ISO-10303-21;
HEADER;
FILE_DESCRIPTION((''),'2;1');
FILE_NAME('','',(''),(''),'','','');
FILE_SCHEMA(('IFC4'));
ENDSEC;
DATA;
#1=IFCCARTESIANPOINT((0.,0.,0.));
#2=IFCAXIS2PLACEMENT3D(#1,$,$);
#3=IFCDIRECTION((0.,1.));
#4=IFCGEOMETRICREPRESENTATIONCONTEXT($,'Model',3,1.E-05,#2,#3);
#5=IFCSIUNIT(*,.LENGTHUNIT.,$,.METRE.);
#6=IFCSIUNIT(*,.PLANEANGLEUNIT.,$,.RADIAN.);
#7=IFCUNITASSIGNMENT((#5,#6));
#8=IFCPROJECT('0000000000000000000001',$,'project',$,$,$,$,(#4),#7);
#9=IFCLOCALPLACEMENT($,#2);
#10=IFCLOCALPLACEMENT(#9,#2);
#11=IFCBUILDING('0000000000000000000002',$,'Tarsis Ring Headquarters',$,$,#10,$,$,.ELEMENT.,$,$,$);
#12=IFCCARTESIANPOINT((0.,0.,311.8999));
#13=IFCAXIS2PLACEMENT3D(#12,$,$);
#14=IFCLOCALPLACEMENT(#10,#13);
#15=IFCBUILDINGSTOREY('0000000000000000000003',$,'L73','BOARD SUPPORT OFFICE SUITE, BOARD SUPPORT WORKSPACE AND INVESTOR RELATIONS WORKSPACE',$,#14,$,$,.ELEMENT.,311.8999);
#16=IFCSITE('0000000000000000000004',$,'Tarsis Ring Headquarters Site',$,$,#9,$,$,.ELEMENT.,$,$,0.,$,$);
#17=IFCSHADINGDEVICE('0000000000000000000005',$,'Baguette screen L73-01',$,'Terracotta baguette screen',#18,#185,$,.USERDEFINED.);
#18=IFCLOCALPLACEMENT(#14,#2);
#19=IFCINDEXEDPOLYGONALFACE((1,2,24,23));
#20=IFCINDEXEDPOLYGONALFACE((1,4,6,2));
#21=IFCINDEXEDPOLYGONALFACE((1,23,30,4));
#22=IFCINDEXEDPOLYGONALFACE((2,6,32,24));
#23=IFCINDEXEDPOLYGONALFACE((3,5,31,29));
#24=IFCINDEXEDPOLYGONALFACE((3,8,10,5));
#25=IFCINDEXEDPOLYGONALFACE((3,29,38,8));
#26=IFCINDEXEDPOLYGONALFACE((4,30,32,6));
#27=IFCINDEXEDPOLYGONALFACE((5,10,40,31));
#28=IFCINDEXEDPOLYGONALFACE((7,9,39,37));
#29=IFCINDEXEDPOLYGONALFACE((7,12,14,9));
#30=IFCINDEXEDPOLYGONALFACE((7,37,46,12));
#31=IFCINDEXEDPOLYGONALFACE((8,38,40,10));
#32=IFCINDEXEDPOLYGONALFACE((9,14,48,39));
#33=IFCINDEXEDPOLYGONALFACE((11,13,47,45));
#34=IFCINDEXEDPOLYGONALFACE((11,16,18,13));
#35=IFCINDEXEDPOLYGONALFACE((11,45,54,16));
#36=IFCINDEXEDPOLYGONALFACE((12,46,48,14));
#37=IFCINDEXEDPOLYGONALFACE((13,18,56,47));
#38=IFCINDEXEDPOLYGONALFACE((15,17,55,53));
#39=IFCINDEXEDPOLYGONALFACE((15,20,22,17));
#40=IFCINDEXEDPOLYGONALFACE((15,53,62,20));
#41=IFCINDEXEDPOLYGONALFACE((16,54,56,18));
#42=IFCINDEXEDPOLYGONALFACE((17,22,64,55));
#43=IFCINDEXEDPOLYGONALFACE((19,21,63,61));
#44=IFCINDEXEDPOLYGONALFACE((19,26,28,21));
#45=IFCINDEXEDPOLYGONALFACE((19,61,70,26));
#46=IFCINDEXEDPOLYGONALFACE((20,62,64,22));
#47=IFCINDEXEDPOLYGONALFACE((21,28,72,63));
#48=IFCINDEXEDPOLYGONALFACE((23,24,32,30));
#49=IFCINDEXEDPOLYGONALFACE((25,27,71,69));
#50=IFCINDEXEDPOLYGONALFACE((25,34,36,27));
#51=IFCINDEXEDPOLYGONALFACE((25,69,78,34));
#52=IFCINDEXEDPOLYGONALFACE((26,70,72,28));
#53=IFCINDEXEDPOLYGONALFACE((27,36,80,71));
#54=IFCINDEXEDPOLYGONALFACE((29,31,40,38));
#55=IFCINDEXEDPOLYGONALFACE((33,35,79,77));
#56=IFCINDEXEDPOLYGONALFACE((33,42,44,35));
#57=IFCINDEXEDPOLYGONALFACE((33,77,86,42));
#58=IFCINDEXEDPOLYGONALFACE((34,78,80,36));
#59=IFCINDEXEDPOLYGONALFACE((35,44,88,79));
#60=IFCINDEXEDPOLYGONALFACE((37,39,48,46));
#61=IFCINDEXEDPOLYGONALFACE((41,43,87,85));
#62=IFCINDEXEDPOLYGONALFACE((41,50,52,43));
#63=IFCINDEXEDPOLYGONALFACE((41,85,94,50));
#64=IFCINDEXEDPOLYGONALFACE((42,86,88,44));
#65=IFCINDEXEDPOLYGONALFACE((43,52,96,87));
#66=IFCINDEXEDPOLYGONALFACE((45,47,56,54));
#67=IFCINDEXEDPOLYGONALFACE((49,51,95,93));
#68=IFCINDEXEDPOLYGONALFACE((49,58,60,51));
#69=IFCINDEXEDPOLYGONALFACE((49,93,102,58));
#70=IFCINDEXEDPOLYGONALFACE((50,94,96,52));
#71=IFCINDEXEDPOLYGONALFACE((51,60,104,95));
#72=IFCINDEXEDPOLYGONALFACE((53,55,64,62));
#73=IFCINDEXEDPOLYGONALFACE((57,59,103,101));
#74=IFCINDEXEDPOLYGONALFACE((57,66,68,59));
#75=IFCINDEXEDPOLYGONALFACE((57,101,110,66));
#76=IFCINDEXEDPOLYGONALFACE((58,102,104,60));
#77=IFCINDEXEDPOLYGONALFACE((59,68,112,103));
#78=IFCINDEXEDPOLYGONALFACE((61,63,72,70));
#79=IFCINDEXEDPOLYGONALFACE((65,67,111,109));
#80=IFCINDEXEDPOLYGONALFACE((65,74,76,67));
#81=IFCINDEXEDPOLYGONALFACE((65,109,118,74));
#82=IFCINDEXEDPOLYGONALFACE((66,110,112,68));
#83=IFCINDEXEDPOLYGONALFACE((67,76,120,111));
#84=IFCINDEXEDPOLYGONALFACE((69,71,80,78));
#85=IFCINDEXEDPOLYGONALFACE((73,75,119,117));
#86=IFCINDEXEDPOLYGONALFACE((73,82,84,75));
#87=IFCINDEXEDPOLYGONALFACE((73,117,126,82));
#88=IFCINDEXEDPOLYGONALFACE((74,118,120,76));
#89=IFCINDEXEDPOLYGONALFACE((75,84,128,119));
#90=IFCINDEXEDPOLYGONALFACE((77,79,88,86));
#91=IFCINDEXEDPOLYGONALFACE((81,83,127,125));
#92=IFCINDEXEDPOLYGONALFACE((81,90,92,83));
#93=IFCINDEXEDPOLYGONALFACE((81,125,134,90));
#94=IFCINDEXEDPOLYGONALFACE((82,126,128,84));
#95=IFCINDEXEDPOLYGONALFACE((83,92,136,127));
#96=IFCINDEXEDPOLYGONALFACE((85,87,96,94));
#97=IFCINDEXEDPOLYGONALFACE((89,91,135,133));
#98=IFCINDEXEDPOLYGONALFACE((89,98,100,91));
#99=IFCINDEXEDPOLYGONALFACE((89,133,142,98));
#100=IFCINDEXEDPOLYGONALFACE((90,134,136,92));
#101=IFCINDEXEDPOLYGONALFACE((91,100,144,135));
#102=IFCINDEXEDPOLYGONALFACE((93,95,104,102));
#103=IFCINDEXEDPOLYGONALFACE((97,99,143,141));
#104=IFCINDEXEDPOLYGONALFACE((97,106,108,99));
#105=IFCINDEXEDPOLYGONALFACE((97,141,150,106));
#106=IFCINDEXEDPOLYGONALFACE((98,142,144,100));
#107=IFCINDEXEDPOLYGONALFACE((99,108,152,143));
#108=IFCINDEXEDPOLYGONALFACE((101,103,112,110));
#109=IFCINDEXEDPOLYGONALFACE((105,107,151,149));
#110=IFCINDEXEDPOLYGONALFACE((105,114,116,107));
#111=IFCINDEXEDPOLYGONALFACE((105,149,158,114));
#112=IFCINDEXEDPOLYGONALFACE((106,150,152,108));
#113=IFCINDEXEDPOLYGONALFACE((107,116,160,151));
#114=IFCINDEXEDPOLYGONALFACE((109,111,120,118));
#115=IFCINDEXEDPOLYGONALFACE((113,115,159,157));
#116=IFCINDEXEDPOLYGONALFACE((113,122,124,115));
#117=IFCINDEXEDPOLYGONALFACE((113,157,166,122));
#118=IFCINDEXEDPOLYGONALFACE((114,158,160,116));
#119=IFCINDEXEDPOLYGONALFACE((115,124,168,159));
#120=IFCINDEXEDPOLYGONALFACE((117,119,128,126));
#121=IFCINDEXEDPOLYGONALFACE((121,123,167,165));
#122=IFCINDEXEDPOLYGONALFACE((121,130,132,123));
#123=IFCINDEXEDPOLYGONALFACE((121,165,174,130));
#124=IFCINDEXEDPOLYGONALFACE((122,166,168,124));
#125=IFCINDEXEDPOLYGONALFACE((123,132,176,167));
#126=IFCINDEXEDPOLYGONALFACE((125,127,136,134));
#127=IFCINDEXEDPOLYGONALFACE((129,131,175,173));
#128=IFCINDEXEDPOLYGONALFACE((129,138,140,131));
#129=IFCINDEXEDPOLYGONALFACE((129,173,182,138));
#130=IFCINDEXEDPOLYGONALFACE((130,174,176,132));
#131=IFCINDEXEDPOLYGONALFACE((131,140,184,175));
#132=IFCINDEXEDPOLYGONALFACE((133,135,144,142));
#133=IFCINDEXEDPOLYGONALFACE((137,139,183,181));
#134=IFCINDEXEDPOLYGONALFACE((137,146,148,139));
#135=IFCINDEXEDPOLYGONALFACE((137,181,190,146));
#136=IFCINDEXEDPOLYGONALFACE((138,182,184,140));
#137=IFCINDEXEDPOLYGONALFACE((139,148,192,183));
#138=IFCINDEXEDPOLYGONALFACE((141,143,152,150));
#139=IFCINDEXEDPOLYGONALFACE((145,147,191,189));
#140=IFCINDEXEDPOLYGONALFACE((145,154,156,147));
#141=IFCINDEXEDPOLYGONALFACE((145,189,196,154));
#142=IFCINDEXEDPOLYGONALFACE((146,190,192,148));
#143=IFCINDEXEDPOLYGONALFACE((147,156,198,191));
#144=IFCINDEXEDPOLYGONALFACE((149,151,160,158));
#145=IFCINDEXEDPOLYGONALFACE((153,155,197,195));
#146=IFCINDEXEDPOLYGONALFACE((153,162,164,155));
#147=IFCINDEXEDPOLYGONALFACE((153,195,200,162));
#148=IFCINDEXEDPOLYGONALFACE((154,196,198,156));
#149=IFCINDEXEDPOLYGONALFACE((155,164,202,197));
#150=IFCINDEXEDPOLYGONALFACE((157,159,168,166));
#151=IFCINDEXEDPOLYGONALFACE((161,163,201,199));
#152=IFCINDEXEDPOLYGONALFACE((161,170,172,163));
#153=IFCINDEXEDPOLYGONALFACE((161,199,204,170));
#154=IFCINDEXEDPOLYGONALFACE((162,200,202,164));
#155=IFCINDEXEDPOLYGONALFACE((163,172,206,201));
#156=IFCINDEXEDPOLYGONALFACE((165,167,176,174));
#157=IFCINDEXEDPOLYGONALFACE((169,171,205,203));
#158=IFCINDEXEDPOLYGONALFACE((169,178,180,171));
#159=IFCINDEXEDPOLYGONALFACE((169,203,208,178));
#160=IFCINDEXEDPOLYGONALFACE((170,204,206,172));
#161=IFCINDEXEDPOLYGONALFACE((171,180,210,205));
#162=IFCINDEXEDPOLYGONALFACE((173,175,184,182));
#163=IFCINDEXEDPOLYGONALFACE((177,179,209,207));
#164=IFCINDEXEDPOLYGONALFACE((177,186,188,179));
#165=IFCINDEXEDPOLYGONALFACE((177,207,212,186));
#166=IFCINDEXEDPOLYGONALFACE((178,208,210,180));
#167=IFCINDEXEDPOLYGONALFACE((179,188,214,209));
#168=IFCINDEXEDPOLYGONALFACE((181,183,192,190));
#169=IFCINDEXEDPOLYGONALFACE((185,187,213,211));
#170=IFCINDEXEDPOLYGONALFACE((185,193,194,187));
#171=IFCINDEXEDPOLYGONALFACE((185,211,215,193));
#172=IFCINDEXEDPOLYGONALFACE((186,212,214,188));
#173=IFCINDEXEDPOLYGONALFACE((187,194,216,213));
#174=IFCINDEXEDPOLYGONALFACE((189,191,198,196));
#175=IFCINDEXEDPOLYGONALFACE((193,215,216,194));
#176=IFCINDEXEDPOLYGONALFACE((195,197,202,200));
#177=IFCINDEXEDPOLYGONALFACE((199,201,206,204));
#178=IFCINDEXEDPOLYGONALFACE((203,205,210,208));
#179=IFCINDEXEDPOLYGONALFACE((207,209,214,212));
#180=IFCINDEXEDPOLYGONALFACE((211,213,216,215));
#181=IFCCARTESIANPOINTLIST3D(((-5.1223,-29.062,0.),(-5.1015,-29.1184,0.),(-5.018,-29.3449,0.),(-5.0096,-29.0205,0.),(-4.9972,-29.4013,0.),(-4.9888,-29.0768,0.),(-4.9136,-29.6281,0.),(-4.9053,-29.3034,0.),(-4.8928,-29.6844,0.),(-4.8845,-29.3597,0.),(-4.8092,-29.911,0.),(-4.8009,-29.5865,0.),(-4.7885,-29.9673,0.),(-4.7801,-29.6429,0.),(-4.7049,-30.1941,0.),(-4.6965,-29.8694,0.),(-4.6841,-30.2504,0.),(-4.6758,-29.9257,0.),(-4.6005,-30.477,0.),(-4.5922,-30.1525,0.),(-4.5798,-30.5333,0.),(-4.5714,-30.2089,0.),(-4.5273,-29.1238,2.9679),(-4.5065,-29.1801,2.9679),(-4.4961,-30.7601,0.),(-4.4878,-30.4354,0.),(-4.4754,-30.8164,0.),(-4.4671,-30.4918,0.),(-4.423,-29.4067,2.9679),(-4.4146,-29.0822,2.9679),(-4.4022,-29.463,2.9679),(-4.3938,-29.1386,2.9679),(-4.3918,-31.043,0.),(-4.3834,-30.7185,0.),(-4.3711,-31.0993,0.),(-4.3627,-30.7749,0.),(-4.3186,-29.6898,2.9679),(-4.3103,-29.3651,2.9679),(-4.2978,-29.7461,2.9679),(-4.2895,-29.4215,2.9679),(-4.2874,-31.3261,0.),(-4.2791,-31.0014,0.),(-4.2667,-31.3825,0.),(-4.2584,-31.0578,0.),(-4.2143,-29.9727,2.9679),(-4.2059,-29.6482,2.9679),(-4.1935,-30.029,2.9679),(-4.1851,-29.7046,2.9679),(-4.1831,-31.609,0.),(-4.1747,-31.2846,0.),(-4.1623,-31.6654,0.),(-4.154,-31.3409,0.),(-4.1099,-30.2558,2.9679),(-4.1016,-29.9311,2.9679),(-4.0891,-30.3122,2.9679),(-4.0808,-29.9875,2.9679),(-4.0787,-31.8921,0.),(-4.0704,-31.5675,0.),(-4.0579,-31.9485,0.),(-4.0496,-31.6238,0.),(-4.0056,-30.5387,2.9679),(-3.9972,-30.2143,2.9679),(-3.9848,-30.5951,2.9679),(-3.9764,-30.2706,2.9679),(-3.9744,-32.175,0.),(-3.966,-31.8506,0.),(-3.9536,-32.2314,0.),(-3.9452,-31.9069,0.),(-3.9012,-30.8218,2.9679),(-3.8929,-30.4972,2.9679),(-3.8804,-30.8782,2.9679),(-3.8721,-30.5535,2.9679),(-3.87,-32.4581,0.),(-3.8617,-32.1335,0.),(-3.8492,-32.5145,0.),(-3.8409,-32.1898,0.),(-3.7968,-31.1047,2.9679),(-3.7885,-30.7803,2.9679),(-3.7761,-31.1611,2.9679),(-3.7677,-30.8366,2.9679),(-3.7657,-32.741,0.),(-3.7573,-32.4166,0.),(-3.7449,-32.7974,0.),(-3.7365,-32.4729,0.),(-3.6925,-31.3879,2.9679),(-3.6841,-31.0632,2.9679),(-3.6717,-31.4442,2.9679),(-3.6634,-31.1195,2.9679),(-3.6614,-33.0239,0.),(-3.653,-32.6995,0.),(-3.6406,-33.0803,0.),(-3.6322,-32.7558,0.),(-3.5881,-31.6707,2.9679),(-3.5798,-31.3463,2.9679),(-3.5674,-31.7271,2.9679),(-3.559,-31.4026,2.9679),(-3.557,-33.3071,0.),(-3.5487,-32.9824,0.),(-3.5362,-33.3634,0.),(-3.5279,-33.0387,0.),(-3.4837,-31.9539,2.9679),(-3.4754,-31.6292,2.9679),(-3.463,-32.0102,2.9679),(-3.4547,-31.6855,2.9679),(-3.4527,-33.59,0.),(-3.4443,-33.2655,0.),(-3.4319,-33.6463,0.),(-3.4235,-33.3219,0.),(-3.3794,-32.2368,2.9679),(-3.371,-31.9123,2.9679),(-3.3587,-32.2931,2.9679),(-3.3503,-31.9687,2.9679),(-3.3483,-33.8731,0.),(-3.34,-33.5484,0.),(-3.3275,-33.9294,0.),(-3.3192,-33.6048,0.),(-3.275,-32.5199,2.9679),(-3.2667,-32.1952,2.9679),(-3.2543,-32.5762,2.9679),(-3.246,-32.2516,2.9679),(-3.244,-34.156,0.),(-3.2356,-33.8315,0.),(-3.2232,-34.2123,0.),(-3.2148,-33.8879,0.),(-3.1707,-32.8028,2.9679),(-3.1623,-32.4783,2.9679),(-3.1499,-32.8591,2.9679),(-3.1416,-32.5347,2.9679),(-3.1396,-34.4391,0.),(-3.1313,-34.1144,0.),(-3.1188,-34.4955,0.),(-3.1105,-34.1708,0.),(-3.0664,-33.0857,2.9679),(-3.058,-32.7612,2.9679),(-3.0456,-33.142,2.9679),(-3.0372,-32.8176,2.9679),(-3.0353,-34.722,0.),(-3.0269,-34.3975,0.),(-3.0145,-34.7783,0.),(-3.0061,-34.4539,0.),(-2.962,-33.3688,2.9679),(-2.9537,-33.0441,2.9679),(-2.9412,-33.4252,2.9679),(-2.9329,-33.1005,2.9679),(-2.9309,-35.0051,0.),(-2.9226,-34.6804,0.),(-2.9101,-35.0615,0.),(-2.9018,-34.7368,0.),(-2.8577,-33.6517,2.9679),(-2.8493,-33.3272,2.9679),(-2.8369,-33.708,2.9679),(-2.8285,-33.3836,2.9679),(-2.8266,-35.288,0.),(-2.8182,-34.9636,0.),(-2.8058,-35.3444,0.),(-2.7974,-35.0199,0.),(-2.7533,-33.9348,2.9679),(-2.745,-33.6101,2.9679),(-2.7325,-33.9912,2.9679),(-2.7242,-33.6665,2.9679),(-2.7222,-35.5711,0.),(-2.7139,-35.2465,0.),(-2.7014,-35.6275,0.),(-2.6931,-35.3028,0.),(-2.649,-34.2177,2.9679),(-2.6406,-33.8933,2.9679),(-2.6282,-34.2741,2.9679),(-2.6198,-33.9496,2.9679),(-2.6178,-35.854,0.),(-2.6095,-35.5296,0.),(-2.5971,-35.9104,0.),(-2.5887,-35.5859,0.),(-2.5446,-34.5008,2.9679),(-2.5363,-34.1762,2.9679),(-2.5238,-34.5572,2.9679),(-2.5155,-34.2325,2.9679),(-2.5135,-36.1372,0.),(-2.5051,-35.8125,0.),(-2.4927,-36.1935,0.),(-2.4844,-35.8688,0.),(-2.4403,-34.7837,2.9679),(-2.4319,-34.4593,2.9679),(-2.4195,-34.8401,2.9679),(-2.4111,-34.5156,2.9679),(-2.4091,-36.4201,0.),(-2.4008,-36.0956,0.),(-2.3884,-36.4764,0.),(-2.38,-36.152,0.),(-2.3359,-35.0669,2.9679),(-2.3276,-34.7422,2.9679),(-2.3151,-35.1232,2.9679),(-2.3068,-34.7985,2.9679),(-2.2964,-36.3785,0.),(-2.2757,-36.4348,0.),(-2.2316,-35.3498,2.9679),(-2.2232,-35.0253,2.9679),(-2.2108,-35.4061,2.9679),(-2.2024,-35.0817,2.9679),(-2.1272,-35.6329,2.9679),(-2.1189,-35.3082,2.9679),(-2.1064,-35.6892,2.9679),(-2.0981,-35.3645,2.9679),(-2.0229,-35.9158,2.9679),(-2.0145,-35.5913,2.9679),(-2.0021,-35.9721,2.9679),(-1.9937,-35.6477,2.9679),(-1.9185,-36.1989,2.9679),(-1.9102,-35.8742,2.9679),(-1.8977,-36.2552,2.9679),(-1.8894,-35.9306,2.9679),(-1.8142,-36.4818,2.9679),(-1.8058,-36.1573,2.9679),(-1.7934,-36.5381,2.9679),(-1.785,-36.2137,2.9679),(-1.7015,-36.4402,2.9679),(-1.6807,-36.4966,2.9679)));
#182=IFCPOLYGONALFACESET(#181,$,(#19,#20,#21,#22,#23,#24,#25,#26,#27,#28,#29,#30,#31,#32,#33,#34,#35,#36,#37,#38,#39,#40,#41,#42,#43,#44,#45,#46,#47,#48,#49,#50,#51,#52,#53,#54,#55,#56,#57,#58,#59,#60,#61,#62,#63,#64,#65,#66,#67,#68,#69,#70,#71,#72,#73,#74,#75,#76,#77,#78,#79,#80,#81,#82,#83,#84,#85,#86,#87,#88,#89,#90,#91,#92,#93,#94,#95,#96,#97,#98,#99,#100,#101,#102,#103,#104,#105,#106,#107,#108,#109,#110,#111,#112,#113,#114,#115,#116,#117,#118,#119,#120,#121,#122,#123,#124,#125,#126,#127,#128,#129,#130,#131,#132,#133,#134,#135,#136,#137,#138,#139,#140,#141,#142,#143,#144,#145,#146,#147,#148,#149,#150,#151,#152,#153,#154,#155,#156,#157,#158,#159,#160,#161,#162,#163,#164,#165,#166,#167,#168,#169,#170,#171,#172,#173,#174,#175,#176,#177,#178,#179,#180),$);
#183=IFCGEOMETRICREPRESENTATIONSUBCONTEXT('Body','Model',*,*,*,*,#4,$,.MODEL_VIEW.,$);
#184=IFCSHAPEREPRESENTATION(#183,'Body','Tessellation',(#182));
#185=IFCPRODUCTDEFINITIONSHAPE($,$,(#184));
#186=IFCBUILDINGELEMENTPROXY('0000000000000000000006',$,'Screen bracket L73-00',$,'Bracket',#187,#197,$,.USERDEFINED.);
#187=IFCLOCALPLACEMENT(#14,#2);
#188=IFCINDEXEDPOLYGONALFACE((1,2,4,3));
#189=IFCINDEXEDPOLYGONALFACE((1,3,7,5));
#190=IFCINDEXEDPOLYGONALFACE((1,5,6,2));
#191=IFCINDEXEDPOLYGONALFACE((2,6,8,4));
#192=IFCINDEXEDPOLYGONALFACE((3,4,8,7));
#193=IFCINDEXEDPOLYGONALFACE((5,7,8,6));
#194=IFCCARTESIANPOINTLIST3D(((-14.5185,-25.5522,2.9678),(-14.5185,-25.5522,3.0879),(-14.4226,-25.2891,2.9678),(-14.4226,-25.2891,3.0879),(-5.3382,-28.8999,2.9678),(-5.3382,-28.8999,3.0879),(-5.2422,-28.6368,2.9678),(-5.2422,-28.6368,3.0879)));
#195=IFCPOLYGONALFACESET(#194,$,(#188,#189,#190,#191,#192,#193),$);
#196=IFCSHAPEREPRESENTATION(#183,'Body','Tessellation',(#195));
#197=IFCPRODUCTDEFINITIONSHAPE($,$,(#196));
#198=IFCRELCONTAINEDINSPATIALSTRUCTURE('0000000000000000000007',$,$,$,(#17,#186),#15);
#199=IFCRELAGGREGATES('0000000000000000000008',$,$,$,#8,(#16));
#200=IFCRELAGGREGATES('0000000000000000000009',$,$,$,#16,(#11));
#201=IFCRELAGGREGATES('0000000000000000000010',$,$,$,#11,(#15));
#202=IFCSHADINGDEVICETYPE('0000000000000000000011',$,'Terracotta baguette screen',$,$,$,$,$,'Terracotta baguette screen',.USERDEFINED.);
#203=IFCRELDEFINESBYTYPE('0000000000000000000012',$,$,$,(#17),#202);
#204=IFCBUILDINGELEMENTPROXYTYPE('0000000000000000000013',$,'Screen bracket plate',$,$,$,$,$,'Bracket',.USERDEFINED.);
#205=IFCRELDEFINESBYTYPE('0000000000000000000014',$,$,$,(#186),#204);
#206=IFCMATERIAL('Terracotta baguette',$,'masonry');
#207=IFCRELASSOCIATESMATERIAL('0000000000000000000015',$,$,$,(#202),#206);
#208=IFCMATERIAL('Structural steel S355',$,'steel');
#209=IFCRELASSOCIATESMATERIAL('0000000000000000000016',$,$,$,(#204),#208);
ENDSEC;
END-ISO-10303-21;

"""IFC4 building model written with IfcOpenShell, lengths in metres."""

from ifc_helpers import new_model, si_unit, direction, frame, frame_2d, origin, origin_2d, place, context, subcontext, project, spatial, rectangle, composite_profile, extrude, material, type_object, element, save


model = new_model("IFC4")

# Units and contexts
model_context = context("Model", 3, precision=1e-05, world=origin(), true_north=direction((0.0, 1.0)))
body_context = subcontext(model_context, "Body", "Model", "MODEL_VIEW")
ifc_project = project(units=[si_unit("LENGTHUNIT", "METRE"), si_unit("PLANEANGLEUNIT", "RADIAN")], contexts=[model_context])

# Site, building, storey
site_placement = place(None, origin())
site = spatial("IfcSite", under=ifc_project, at=site_placement, Name="Tarsis Ring Headquarters Site", CompositionType="ELEMENT", RefElevation=0.0)
building_placement = place(site_placement, origin())
building = spatial("IfcBuilding", under=site, at=building_placement, Name="Tarsis Ring Headquarters", CompositionType="ELEMENT")
storey_placement = place(building_placement, frame((0.0, 0.0, 311.8999)))
storey = spatial("IfcBuildingStorey", under=building, at=storey_placement, Name="L73", Description="BOARD SUPPORT OFFICE SUITE, BOARD SUPPORT WORKSPACE AND INVESTOR RELATIONS WORKSPACE", CompositionType="ELEMENT", Elevation=311.8999)

# Shared definitions
ifc_material_1 = material(Name="Structural steel S355", Category="steel")

# Shading device
ifc_material_2 = material(Name="Terracotta baguette", Category="masonry")
shading_device_type = type_object("IfcShadingDeviceType", Name="Terracotta baguette screen", ElementType="Terracotta baguette screen", PredefinedType="USERDEFINED", material=ifc_material_2)
shading_device_1_placement = place(storey_placement, frame((-5.0659, -29.0413, 0.0), z_axis=(0.0, 0.0, 1.0), x_axis=(0.345959, -0.938241, 0.0)))
element("IfcShadingDevice", 1, at=shading_device_1_placement, inside=storey, type_object=shading_device_type, Name="Baguette screen L73-01", ObjectType="Terracotta baguette screen", PredefinedType="USERDEFINED", context=body_context, shape_type="SweptSolid", body=[
    extrude(composite_profile([rectangle(XDim=0.0601, YDim=0.1201, at=frame_2d((0.03, 0.0))), rectangle(XDim=0.0601, YDim=0.1201, at=frame_2d((0.3315, 0.0))), rectangle(XDim=0.0601, YDim=0.1201, at=frame_2d((0.6333, 0.0))), rectangle(XDim=0.0601, YDim=0.1201, at=frame_2d((0.9348, 0.0))), rectangle(XDim=0.0601, YDim=0.1201, at=frame_2d((1.2366, 0.0))), rectangle(XDim=0.0601, YDim=0.1201, at=frame_2d((1.5381, 0.0))), rectangle(XDim=0.0601, YDim=0.1201, at=frame_2d((1.8398, 0.0))), rectangle(XDim=0.0601, YDim=0.1201, at=frame_2d((2.1414, 0.0))), rectangle(XDim=0.0601, YDim=0.1201, at=frame_2d((2.4431, 0.0))), rectangle(XDim=0.0601, YDim=0.1201, at=frame_2d((2.7446, 0.0))), rectangle(XDim=0.0601, YDim=0.1201, at=frame_2d((3.0464, 0.0))), rectangle(XDim=0.0601, YDim=0.1201, at=frame_2d((3.3479, 0.0))), rectangle(XDim=0.0601, YDim=0.1201, at=frame_2d((3.6497, 0.0))), rectangle(XDim=0.0601, YDim=0.1201, at=frame_2d((3.9512, 0.0))), rectangle(XDim=0.0601, YDim=0.1201, at=frame_2d((4.2527, 0.0))), rectangle(XDim=0.0601, YDim=0.1201, at=frame_2d((4.5544, 0.0))), rectangle(XDim=0.0601, YDim=0.1201, at=frame_2d((4.856, 0.0))), rectangle(XDim=0.0601, YDim=0.1201, at=frame_2d((5.1577, 0.0))), rectangle(XDim=0.0601, YDim=0.1201, at=frame_2d((5.4592, 0.0))), rectangle(XDim=0.0601, YDim=0.1201, at=frame_2d((5.761, 0.0))), rectangle(XDim=0.0601, YDim=0.1201, at=frame_2d((6.0625, 0.0))), rectangle(XDim=0.0601, YDim=0.1201, at=frame_2d((6.3643, 0.0))), rectangle(XDim=0.0601, YDim=0.1201, at=frame_2d((6.6658, 0.0))), rectangle(XDim=0.0601, YDim=0.1201, at=frame_2d((6.9675, 0.0))), rectangle(XDim=0.0601, YDim=0.1201, at=frame_2d((7.269, 0.0))), rectangle(XDim=0.0601, YDim=0.1201, at=frame_2d((7.5708, 0.0))), rectangle(XDim=0.0601, YDim=0.1201, at=frame_2d((7.8723, 0.0)))]), origin(), (0.087122, 0.17733, 0.980288), 3.0276),
])

# Building element proxy
building_element_proxy_type = type_object("IfcBuildingElementProxyType", Name="Screen bracket plate", ElementType="Bracket", PredefinedType="USERDEFINED", material=ifc_material_1)
proxy_placement = place(storey_placement, frame((-9.8804, -27.0945, 2.9678), z_axis=(0.0, 0.0, 1.0), x_axis=(0.939483, -0.342594, 0.0)))
element("IfcBuildingElementProxy", 2, at=proxy_placement, inside=storey, type_object=building_element_proxy_type, Name="Screen bracket L73-00", ObjectType="Bracket", PredefinedType="USERDEFINED", context=body_context, shape_type="SweptSolid", body=[
    extrude(rectangle(XDim=9.7717, YDim=0.28, at=origin_2d()), origin(), (0.0, 0.0, 1.0), 0.1201),
])

save(model, "model.ifc")
